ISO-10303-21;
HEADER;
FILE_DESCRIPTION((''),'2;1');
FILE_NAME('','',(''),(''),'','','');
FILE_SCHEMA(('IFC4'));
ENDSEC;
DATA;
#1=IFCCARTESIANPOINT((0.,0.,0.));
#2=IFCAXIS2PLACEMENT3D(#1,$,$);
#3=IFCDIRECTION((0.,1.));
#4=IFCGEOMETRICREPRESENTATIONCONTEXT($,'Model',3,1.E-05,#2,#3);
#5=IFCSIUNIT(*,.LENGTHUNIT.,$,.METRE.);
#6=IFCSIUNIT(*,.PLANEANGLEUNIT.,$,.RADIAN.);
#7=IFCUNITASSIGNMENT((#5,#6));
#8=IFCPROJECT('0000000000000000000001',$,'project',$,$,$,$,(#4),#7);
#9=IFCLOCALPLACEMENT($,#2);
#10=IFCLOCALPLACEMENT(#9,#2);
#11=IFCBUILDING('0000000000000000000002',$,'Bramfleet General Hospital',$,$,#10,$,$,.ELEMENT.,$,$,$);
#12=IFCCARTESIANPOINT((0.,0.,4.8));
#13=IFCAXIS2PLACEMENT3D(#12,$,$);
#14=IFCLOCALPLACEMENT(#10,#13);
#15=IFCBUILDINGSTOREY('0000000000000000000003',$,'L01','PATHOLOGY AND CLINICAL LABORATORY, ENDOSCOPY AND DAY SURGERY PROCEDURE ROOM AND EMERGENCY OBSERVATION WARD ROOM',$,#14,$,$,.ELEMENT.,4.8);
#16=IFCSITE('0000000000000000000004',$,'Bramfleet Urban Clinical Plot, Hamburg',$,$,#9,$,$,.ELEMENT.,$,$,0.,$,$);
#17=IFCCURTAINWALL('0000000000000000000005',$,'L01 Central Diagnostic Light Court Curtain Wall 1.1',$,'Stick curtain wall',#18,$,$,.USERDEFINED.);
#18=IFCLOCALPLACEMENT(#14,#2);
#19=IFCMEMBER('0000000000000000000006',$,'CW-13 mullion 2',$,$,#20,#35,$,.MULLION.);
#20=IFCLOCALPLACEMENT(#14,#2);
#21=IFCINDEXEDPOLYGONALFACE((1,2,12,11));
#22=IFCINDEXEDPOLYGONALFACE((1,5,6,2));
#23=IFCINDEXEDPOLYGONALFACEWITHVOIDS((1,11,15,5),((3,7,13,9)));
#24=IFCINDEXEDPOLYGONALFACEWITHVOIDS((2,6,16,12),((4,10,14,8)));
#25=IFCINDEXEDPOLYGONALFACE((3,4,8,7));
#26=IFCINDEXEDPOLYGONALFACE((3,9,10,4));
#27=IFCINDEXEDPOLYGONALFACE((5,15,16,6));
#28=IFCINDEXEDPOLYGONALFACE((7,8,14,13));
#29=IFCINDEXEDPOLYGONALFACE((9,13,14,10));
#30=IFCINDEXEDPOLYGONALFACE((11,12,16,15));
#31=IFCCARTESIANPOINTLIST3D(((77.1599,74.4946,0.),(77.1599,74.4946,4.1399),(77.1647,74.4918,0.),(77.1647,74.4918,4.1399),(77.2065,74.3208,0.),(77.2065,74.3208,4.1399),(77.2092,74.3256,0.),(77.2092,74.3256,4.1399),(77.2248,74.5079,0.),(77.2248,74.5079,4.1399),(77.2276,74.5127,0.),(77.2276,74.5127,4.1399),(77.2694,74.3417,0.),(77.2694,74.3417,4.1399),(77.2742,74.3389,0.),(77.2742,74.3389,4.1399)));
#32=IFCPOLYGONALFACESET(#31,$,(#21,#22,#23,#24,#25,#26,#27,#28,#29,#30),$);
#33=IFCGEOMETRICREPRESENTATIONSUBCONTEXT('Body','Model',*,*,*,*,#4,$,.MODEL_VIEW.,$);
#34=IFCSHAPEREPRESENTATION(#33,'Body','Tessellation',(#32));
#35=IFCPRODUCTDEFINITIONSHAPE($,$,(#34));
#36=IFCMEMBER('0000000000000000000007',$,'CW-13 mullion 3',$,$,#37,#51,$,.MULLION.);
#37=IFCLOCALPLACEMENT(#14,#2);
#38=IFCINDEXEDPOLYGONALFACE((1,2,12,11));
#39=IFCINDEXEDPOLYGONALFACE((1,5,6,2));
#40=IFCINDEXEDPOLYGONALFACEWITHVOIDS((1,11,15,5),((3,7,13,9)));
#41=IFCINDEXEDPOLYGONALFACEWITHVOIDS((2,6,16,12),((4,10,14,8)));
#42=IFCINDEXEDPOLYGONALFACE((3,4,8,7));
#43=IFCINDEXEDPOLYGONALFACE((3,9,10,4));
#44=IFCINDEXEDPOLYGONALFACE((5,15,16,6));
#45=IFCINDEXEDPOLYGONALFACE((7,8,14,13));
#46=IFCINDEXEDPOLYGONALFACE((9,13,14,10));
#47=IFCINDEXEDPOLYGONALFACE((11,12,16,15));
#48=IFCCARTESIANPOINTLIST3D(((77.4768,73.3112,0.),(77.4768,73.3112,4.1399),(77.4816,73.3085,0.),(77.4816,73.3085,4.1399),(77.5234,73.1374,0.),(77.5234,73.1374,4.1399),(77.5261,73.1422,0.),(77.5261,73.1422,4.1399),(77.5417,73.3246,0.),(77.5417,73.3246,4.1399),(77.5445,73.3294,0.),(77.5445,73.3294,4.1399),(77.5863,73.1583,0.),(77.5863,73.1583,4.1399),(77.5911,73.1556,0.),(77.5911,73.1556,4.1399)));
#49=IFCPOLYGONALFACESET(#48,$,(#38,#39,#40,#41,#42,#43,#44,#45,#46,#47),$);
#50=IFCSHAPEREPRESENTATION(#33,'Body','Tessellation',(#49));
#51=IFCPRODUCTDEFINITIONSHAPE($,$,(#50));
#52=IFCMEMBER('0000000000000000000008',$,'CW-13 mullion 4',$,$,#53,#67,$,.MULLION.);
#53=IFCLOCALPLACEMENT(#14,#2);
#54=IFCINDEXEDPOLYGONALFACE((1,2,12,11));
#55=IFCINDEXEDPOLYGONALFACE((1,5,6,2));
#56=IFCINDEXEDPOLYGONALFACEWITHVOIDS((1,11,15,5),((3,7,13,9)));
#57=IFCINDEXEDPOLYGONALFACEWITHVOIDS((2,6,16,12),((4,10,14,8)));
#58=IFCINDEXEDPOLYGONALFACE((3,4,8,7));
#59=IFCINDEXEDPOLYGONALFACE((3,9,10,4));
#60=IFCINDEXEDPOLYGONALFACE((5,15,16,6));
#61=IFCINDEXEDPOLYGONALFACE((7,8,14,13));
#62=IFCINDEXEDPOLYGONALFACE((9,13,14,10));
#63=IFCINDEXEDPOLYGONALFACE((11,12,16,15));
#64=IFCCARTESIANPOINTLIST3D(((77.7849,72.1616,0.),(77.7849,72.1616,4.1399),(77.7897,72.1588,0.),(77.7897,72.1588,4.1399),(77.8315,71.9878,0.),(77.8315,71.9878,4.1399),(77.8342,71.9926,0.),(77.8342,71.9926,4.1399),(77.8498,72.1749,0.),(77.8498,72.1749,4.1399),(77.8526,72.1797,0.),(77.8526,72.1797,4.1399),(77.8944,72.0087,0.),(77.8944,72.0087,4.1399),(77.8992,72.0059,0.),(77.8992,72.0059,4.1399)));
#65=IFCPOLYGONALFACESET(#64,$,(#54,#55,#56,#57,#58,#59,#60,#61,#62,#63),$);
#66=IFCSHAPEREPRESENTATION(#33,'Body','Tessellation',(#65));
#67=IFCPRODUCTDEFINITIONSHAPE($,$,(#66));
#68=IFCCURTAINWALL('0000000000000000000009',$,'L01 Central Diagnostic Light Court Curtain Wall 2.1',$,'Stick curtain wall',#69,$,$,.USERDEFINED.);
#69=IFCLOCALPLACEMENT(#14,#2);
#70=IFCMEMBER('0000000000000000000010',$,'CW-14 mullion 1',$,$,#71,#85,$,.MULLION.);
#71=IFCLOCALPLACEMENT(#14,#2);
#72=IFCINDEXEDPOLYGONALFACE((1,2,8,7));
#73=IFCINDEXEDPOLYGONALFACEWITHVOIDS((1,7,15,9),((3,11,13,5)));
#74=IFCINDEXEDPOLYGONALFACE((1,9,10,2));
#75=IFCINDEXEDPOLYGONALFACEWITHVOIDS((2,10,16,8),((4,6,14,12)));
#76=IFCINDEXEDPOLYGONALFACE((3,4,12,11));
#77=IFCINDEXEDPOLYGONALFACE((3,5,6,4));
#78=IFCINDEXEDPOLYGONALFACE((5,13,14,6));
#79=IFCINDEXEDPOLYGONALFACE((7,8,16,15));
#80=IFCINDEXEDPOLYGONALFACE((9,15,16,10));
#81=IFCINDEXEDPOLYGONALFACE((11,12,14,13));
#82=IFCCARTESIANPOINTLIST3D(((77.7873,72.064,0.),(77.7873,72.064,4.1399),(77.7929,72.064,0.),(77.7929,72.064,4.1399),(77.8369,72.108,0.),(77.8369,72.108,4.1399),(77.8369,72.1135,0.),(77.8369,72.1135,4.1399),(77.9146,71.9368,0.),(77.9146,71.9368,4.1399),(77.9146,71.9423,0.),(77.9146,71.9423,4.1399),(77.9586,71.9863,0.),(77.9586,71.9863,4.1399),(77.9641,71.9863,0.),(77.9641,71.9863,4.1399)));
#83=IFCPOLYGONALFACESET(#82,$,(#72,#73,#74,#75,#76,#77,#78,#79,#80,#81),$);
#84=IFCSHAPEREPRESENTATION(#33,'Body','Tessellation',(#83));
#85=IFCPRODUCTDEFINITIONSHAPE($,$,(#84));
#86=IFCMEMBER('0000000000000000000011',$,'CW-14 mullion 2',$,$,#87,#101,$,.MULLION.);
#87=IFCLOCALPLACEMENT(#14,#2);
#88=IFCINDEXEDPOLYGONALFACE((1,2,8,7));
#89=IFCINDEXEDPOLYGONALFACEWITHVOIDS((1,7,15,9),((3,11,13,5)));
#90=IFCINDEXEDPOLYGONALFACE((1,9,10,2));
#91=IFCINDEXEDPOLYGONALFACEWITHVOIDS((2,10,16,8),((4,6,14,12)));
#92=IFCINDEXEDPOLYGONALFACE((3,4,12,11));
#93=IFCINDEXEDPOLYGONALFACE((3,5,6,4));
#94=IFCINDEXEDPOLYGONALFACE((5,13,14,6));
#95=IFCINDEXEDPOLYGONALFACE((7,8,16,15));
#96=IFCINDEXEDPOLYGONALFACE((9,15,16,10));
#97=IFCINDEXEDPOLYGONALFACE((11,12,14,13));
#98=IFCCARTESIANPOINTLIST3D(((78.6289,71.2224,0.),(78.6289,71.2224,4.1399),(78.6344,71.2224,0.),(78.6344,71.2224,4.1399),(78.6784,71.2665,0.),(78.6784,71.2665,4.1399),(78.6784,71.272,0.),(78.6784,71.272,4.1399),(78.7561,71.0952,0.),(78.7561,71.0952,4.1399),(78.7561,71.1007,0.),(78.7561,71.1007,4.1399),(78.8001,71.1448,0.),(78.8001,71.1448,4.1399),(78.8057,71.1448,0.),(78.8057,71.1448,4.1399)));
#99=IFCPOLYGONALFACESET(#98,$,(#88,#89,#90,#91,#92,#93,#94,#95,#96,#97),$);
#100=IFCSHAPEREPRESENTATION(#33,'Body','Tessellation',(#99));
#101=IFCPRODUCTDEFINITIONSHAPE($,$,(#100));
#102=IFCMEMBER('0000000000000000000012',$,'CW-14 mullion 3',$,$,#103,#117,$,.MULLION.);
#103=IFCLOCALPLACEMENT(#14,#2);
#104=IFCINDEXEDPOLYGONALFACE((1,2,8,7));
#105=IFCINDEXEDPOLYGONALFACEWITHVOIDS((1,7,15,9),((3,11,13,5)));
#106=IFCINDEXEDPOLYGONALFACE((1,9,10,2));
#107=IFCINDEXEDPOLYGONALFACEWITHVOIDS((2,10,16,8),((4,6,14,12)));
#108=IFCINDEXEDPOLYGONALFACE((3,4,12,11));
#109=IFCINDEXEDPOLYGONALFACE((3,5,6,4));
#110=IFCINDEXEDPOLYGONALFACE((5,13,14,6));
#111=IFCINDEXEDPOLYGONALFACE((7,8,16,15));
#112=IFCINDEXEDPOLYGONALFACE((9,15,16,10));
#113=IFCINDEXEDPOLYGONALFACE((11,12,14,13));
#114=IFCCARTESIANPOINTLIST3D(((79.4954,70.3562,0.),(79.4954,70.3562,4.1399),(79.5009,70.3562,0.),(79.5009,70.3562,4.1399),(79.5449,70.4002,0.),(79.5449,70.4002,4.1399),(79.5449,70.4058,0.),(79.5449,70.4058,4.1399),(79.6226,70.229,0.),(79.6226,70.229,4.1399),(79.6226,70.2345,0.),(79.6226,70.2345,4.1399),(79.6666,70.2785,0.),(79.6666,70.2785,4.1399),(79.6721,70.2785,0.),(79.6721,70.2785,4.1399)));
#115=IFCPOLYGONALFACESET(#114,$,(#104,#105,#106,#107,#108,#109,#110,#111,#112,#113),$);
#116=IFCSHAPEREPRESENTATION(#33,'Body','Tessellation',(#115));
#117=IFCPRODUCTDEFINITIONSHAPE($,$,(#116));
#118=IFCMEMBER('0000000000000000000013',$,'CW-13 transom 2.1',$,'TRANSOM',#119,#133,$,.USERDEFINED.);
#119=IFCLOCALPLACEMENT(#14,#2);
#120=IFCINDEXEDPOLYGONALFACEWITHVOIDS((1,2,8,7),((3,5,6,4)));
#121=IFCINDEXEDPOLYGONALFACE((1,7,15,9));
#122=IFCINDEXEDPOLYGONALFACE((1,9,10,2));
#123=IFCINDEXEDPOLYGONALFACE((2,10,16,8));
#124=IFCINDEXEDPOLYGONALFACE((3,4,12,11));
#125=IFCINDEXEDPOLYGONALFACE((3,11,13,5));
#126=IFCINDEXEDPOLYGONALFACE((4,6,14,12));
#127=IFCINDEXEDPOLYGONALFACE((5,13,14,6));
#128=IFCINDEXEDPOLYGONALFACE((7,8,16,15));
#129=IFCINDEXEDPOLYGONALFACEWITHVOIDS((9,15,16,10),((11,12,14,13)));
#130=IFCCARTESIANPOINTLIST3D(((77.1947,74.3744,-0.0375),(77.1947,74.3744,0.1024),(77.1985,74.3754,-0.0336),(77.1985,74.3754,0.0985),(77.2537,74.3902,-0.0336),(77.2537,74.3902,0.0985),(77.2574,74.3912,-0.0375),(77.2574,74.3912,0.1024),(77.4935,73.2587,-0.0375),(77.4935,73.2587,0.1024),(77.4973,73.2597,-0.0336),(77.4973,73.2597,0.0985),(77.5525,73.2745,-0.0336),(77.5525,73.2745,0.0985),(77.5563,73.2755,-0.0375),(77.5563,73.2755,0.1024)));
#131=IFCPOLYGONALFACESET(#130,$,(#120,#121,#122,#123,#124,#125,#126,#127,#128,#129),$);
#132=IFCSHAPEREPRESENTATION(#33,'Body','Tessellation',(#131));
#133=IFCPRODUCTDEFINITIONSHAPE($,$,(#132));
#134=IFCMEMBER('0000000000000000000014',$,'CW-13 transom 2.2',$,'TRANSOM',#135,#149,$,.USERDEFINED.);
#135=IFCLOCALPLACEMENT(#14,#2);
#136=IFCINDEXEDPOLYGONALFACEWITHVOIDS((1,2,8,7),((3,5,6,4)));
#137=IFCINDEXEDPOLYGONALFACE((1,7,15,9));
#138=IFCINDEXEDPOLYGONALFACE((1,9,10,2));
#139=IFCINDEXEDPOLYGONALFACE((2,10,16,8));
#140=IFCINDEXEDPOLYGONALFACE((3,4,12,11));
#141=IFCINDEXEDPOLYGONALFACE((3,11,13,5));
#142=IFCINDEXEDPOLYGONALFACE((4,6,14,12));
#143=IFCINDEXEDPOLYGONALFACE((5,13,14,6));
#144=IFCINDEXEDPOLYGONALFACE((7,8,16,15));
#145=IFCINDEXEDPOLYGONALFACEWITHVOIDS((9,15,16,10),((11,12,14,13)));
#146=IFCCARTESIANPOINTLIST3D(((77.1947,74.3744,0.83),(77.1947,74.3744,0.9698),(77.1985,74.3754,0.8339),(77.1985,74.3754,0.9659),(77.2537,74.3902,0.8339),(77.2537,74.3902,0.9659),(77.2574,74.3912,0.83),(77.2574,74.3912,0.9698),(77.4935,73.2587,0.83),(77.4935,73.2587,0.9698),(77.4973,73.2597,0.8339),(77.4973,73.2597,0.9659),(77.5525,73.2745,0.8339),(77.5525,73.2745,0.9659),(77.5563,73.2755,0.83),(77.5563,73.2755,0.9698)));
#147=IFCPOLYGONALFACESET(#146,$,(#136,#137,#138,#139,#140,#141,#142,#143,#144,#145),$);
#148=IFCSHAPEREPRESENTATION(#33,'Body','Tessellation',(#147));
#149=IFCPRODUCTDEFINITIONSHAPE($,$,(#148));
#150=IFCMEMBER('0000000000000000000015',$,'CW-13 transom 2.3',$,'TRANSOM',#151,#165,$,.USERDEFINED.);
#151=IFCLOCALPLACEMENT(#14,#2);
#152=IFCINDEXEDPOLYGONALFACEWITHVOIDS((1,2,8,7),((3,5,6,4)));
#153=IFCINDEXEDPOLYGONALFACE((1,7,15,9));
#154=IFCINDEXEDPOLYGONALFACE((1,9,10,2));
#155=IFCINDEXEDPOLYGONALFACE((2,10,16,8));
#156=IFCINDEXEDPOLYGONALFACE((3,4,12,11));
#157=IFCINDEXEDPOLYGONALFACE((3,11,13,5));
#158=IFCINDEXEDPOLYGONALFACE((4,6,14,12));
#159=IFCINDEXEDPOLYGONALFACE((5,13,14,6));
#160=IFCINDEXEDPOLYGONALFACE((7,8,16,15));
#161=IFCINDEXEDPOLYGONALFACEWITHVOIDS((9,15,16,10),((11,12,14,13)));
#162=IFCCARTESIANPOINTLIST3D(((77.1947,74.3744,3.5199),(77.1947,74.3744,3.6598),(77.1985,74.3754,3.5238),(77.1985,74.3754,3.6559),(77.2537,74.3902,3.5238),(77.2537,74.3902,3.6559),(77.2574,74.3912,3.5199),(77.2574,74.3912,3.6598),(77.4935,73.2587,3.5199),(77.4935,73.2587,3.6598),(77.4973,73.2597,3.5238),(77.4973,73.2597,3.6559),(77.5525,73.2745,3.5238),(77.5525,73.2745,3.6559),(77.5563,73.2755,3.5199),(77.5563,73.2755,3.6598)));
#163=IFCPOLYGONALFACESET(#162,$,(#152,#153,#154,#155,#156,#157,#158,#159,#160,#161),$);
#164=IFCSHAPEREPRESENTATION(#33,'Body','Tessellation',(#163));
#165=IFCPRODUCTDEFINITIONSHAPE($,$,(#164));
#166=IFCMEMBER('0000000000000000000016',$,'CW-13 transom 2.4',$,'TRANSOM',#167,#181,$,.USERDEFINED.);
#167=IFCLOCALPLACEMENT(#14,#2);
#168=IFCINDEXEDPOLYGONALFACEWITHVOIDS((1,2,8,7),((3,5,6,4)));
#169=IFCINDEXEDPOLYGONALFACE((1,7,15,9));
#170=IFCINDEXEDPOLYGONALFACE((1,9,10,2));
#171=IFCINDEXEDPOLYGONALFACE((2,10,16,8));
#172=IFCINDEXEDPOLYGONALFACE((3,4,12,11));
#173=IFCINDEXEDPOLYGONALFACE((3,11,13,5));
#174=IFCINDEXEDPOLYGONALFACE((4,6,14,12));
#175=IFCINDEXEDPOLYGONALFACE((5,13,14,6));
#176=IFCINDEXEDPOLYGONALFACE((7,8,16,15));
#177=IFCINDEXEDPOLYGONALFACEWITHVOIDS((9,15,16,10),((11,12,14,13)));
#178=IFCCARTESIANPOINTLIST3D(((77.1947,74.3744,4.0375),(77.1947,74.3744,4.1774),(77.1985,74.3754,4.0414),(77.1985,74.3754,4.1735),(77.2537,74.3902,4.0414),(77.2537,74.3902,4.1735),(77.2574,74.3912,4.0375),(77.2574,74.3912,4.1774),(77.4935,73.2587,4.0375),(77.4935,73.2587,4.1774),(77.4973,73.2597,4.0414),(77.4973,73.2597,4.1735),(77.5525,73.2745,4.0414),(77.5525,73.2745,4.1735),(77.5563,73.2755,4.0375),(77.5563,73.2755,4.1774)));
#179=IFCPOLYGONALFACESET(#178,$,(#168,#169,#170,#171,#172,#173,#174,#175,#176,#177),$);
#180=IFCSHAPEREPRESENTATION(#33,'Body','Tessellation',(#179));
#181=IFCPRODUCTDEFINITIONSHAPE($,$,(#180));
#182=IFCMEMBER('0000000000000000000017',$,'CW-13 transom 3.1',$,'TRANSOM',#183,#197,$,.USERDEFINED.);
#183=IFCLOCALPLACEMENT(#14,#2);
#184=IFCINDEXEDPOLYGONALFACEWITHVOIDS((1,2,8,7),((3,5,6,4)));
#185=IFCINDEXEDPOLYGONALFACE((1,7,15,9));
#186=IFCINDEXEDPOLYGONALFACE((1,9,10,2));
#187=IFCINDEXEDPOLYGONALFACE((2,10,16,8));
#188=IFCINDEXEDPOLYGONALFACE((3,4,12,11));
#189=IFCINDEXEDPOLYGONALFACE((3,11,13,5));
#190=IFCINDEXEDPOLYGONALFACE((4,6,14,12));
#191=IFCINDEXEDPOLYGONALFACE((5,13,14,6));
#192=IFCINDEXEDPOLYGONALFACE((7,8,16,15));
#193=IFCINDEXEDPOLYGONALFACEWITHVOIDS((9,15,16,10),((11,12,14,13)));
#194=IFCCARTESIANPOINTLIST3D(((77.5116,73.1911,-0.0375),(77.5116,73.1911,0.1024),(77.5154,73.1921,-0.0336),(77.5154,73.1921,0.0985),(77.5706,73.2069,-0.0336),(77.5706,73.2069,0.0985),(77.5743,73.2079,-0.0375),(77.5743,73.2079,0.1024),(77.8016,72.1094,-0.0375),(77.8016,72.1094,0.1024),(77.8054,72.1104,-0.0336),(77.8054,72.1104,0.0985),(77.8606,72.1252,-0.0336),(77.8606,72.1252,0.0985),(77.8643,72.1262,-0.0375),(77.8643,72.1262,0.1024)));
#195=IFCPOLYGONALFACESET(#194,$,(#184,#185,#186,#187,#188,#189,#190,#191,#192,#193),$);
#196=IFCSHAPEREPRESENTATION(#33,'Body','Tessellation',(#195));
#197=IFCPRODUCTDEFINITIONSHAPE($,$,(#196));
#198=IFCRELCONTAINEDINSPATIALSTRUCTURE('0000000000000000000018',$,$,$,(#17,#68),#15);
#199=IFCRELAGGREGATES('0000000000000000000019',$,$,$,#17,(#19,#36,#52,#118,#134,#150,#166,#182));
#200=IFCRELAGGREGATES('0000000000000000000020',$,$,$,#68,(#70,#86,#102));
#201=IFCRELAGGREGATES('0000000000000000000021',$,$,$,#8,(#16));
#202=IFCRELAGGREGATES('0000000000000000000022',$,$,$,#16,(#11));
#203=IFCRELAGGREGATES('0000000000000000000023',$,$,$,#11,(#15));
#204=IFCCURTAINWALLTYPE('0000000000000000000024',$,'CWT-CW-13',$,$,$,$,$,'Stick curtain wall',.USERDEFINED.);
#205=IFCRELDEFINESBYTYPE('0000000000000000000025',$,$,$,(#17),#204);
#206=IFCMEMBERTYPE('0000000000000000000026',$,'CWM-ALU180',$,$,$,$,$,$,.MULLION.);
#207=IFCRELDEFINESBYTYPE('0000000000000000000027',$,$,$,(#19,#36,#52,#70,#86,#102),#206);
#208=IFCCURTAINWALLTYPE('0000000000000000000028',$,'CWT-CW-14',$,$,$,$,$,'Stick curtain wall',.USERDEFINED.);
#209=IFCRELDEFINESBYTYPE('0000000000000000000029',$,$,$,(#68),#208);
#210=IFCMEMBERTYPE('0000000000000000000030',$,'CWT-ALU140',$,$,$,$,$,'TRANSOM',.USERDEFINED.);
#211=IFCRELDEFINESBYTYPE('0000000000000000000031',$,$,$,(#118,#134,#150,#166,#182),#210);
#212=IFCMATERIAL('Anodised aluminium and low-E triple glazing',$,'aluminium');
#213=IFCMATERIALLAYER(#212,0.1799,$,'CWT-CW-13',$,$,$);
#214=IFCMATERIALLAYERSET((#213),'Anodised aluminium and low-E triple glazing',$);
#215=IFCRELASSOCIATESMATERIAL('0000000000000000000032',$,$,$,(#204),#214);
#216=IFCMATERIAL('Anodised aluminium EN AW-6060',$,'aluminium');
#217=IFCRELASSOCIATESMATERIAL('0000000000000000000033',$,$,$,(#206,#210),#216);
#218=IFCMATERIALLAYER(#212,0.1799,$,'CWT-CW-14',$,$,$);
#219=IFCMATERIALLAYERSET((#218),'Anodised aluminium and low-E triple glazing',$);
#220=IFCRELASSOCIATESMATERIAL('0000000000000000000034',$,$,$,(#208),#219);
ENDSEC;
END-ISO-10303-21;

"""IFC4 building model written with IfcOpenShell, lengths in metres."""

from ifc_helpers import new_model, si_unit, direction, frame, origin, origin_2d, place, context, subcontext, project, spatial, hollow_rectangle, extrude, material, layer, layer_set, material_profile, profile_set, type_object, element, aggregate, save


model = new_model("IFC4")

# Units and contexts
model_context = context("Model", 3, precision=1e-05, world=origin(), true_north=direction((0.0, 1.0)))
body_context = subcontext(model_context, "Body", "Model", "MODEL_VIEW")
ifc_project = project(units=[si_unit("LENGTHUNIT", "METRE"), si_unit("PLANEANGLEUNIT", "RADIAN")], contexts=[model_context])

# Site, building, storey
site_placement = place(None, origin())
site = spatial("IfcSite", under=ifc_project, at=site_placement, Name="Bramfleet Urban Clinical Plot, Hamburg", CompositionType="ELEMENT", RefElevation=0.0)
building_placement = place(site_placement, origin())
building = spatial("IfcBuilding", under=site, at=building_placement, Name="Bramfleet General Hospital", CompositionType="ELEMENT")
storey_placement = place(building_placement, frame((0.0, 0.0, 4.8)))
storey = spatial("IfcBuildingStorey", under=building, at=storey_placement, Name="L01", Description="PATHOLOGY AND CLINICAL LABORATORY, ENDOSCOPY AND DAY SURGERY PROCEDURE ROOM AND EMERGENCY OBSERVATION WARD ROOM", CompositionType="ELEMENT", Elevation=4.8)

# Curtain walls, members
ifc_material_1 = material(Name="Anodised aluminium and low-E triple glazing", Category="aluminium")
ifc_layer_1 = layer(ifc_material_1, 0.1799, Name="CWT-CW-13")
ifc_layer_set_1 = layer_set([ifc_layer_1], Name="Anodised aluminium and low-E triple glazing")
curtain_wall_type_1 = type_object("IfcCurtainWallType", Name="CWT-CW-13", ElementType="Stick curtain wall", PredefinedType="USERDEFINED", material=ifc_layer_set_1)
curtain_wall_1_placement = place(storey_placement, origin())
curtain_wall_1 = element("IfcCurtainWall", 1, at=curtain_wall_1_placement, inside=storey, type_object=curtain_wall_type_1, Name="L01 Central Diagnostic Light Court Curtain Wall 1.1", ObjectType="Stick curtain wall", PredefinedType="USERDEFINED")
ifc_material_2 = material(Name="Anodised aluminium EN AW-6060", Category="aluminium")
ifc_material_profile_1 = material_profile(ifc_material_2, hollow_rectangle(XDim=0.0701, YDim=0.1799, WallThickness=0.0039, at=origin_2d()), Name="ALU 180x70x4.0")
ifc_profile_set_1 = profile_set([ifc_material_profile_1], Name="Anodised aluminium EN AW-6060")
member_type_1 = type_object("IfcMemberType", Name="CWM-ALU180", PredefinedType="MULLION", material=ifc_profile_set_1)
member_1_placement = place(storey_placement, frame((77.217, 74.4167, 0.0), z_axis=(0.0, 0.0, 1.0), x_axis=(0.965941, 0.258763, 0.0)))
member_1 = element("IfcMember", 2, at=member_1_placement, type_object=member_type_1, Name="CW-13 mullion 2", PredefinedType="MULLION", context=body_context, shape_type="SweptSolid", body=[
    extrude(hollow_rectangle(XDim=0.0701, YDim=0.1799, WallThickness=0.0039, at=origin_2d()), origin(), (0.0, 0.0, 1.0), 4.1399),
])
member_2_placement = place(storey_placement, frame((77.5339, 73.2334, 0.0), z_axis=(0.0, 0.0, 1.0), x_axis=(0.965941, 0.258763, 0.0)))
member_2 = element("IfcMember", 3, at=member_2_placement, type_object=member_type_1, Name="CW-13 mullion 3", PredefinedType="MULLION", context=body_context, shape_type="SweptSolid", body=[
    extrude(hollow_rectangle(XDim=0.0701, YDim=0.1799, WallThickness=0.0039, at=origin_2d()), origin(), (0.0, 0.0, 1.0), 4.1399),
])
member_3_placement = place(storey_placement, frame((77.842, 72.0837, 0.0), z_axis=(0.0, 0.0, 1.0), x_axis=(0.965941, 0.258763, 0.0)))
member_3 = element("IfcMember", 4, at=member_3_placement, type_object=member_type_1, Name="CW-13 mullion 4", PredefinedType="MULLION", context=body_context, shape_type="SweptSolid", body=[
    extrude(hollow_rectangle(XDim=0.0701, YDim=0.1799, WallThickness=0.0039, at=origin_2d()), origin(), (0.0, 0.0, 1.0), 4.1399),
])
ifc_layer_2 = layer(ifc_material_1, 0.1799, Name="CWT-CW-14")
ifc_layer_set_2 = layer_set([ifc_layer_2], Name="Anodised aluminium and low-E triple glazing")
curtain_wall_type_2 = type_object("IfcCurtainWallType", Name="CWT-CW-14", ElementType="Stick curtain wall", PredefinedType="USERDEFINED", material=ifc_layer_set_2)
curtain_wall_2_placement = place(storey_placement, origin())
curtain_wall_2 = element("IfcCurtainWall", 5, at=curtain_wall_2_placement, inside=storey, type_object=curtain_wall_type_2, Name="L01 Central Diagnostic Light Court Curtain Wall 2.1", ObjectType="Stick curtain wall", PredefinedType="USERDEFINED")
member_4_placement = place(storey_placement, frame((77.8757, 72.0251, 0.0), z_axis=(0.0, 0.0, 1.0), x_axis=(0.707107, 0.707107, 0.0)))
member_4 = element("IfcMember", 6, at=member_4_placement, type_object=member_type_1, Name="CW-14 mullion 1", PredefinedType="MULLION", context=body_context, shape_type="SweptSolid", body=[
    extrude(hollow_rectangle(XDim=0.0701, YDim=0.1799, WallThickness=0.0039, at=origin_2d()), origin(), (0.0, 0.0, 1.0), 4.1399),
])
member_5_placement = place(storey_placement, frame((78.7173, 71.1836, 0.0), z_axis=(0.0, 0.0, 1.0), x_axis=(0.707107, 0.707107, 0.0)))
member_5 = element("IfcMember", 7, at=member_5_placement, type_object=member_type_1, Name="CW-14 mullion 2", PredefinedType="MULLION", context=body_context, shape_type="SweptSolid", body=[
    extrude(hollow_rectangle(XDim=0.0701, YDim=0.1799, WallThickness=0.0039, at=origin_2d()), origin(), (0.0, 0.0, 1.0), 4.1399),
])
member_6_placement = place(storey_placement, frame((79.5837, 70.3174, 0.0), z_axis=(0.0, 0.0, 1.0), x_axis=(0.707107, 0.707107, 0.0)))
member_6 = element("IfcMember", 8, at=member_6_placement, type_object=member_type_1, Name="CW-14 mullion 3", PredefinedType="MULLION", context=body_context, shape_type="SweptSolid", body=[
    extrude(hollow_rectangle(XDim=0.0701, YDim=0.1799, WallThickness=0.0039, at=origin_2d()), origin(), (0.0, 0.0, 1.0), 4.1399),
])

# Members
ifc_material_profile_2 = material_profile(ifc_material_2, hollow_rectangle(XDim=0.0649, YDim=0.1399, WallThickness=0.0039, at=origin_2d()), Name="ALU 140x65x4.0")
ifc_profile_set_2 = profile_set([ifc_material_profile_2], Name="Anodised aluminium EN AW-6060")
member_type_2 = type_object("IfcMemberType", Name="CWT-ALU140", ElementType="TRANSOM", PredefinedType="USERDEFINED", material=ifc_profile_set_2)
member_7_placement = place(storey_placement, frame((77.2261, 74.3828, 0.0325), z_axis=(0.258715, -0.965954, 0.0), x_axis=(0.965954, 0.258715, 0.0)))
member_7 = element("IfcMember", 9, at=member_7_placement, type_object=member_type_2, Name="CW-13 transom 2.1", ObjectType="TRANSOM", PredefinedType="USERDEFINED", context=body_context, shape_type="SweptSolid", body=[
    extrude(hollow_rectangle(XDim=0.0649, YDim=0.1399, WallThickness=0.0039, at=origin_2d()), origin(), (0.0, 0.0, 1.0), 1.155),
])
member_8_placement = place(storey_placement, frame((77.2261, 74.3828, 0.8999), z_axis=(0.258715, -0.965954, 0.0), x_axis=(0.965954, 0.258715, 0.0)))
member_8 = element("IfcMember", 10, at=member_8_placement, type_object=member_type_2, Name="CW-13 transom 2.2", ObjectType="TRANSOM", PredefinedType="USERDEFINED", context=body_context, shape_type="SweptSolid", body=[
    extrude(hollow_rectangle(XDim=0.0649, YDim=0.1399, WallThickness=0.0039, at=origin_2d()), origin(), (0.0, 0.0, 1.0), 1.155),
])
member_9_placement = place(storey_placement, frame((77.2261, 74.3828, 3.5898), z_axis=(0.258715, -0.965954, 0.0), x_axis=(0.965954, 0.258715, 0.0)))
member_9 = element("IfcMember", 11, at=member_9_placement, type_object=member_type_2, Name="CW-13 transom 2.3", ObjectType="TRANSOM", PredefinedType="USERDEFINED", context=body_context, shape_type="SweptSolid", body=[
    extrude(hollow_rectangle(XDim=0.0649, YDim=0.1399, WallThickness=0.0039, at=origin_2d()), origin(), (0.0, 0.0, 1.0), 1.155),
])
member_10_placement = place(storey_placement, frame((77.2261, 74.3828, 4.1074), z_axis=(0.258715, -0.965954, 0.0), x_axis=(0.965954, 0.258715, 0.0)))
member_10 = element("IfcMember", 12, at=member_10_placement, type_object=member_type_2, Name="CW-13 transom 2.4", ObjectType="TRANSOM", PredefinedType="USERDEFINED", context=body_context, shape_type="SweptSolid", body=[
    extrude(hollow_rectangle(XDim=0.0649, YDim=0.1399, WallThickness=0.0039, at=origin_2d()), origin(), (0.0, 0.0, 1.0), 1.155),
])
member_11_placement = place(storey_placement, frame((77.543, 73.1995, 0.0325), z_axis=(0.258965, -0.965887, 0.0), x_axis=(0.965887, 0.258965, 0.0)))
member_11 = element("IfcMember", 13, at=member_11_placement, type_object=member_type_2, Name="CW-13 transom 3.1", ObjectType="TRANSOM", PredefinedType="USERDEFINED", context=body_context, shape_type="SweptSolid", body=[
    extrude(hollow_rectangle(XDim=0.0649, YDim=0.1399, WallThickness=0.0039, at=origin_2d()), origin(), (0.0, 0.0, 1.0), 1.1199),
])

aggregate(curtain_wall_1, [member_1, member_2, member_3, member_7, member_8, member_9, member_10, member_11])
aggregate(curtain_wall_2, [member_4, member_5, member_6])

save(model, "model.ifc")
